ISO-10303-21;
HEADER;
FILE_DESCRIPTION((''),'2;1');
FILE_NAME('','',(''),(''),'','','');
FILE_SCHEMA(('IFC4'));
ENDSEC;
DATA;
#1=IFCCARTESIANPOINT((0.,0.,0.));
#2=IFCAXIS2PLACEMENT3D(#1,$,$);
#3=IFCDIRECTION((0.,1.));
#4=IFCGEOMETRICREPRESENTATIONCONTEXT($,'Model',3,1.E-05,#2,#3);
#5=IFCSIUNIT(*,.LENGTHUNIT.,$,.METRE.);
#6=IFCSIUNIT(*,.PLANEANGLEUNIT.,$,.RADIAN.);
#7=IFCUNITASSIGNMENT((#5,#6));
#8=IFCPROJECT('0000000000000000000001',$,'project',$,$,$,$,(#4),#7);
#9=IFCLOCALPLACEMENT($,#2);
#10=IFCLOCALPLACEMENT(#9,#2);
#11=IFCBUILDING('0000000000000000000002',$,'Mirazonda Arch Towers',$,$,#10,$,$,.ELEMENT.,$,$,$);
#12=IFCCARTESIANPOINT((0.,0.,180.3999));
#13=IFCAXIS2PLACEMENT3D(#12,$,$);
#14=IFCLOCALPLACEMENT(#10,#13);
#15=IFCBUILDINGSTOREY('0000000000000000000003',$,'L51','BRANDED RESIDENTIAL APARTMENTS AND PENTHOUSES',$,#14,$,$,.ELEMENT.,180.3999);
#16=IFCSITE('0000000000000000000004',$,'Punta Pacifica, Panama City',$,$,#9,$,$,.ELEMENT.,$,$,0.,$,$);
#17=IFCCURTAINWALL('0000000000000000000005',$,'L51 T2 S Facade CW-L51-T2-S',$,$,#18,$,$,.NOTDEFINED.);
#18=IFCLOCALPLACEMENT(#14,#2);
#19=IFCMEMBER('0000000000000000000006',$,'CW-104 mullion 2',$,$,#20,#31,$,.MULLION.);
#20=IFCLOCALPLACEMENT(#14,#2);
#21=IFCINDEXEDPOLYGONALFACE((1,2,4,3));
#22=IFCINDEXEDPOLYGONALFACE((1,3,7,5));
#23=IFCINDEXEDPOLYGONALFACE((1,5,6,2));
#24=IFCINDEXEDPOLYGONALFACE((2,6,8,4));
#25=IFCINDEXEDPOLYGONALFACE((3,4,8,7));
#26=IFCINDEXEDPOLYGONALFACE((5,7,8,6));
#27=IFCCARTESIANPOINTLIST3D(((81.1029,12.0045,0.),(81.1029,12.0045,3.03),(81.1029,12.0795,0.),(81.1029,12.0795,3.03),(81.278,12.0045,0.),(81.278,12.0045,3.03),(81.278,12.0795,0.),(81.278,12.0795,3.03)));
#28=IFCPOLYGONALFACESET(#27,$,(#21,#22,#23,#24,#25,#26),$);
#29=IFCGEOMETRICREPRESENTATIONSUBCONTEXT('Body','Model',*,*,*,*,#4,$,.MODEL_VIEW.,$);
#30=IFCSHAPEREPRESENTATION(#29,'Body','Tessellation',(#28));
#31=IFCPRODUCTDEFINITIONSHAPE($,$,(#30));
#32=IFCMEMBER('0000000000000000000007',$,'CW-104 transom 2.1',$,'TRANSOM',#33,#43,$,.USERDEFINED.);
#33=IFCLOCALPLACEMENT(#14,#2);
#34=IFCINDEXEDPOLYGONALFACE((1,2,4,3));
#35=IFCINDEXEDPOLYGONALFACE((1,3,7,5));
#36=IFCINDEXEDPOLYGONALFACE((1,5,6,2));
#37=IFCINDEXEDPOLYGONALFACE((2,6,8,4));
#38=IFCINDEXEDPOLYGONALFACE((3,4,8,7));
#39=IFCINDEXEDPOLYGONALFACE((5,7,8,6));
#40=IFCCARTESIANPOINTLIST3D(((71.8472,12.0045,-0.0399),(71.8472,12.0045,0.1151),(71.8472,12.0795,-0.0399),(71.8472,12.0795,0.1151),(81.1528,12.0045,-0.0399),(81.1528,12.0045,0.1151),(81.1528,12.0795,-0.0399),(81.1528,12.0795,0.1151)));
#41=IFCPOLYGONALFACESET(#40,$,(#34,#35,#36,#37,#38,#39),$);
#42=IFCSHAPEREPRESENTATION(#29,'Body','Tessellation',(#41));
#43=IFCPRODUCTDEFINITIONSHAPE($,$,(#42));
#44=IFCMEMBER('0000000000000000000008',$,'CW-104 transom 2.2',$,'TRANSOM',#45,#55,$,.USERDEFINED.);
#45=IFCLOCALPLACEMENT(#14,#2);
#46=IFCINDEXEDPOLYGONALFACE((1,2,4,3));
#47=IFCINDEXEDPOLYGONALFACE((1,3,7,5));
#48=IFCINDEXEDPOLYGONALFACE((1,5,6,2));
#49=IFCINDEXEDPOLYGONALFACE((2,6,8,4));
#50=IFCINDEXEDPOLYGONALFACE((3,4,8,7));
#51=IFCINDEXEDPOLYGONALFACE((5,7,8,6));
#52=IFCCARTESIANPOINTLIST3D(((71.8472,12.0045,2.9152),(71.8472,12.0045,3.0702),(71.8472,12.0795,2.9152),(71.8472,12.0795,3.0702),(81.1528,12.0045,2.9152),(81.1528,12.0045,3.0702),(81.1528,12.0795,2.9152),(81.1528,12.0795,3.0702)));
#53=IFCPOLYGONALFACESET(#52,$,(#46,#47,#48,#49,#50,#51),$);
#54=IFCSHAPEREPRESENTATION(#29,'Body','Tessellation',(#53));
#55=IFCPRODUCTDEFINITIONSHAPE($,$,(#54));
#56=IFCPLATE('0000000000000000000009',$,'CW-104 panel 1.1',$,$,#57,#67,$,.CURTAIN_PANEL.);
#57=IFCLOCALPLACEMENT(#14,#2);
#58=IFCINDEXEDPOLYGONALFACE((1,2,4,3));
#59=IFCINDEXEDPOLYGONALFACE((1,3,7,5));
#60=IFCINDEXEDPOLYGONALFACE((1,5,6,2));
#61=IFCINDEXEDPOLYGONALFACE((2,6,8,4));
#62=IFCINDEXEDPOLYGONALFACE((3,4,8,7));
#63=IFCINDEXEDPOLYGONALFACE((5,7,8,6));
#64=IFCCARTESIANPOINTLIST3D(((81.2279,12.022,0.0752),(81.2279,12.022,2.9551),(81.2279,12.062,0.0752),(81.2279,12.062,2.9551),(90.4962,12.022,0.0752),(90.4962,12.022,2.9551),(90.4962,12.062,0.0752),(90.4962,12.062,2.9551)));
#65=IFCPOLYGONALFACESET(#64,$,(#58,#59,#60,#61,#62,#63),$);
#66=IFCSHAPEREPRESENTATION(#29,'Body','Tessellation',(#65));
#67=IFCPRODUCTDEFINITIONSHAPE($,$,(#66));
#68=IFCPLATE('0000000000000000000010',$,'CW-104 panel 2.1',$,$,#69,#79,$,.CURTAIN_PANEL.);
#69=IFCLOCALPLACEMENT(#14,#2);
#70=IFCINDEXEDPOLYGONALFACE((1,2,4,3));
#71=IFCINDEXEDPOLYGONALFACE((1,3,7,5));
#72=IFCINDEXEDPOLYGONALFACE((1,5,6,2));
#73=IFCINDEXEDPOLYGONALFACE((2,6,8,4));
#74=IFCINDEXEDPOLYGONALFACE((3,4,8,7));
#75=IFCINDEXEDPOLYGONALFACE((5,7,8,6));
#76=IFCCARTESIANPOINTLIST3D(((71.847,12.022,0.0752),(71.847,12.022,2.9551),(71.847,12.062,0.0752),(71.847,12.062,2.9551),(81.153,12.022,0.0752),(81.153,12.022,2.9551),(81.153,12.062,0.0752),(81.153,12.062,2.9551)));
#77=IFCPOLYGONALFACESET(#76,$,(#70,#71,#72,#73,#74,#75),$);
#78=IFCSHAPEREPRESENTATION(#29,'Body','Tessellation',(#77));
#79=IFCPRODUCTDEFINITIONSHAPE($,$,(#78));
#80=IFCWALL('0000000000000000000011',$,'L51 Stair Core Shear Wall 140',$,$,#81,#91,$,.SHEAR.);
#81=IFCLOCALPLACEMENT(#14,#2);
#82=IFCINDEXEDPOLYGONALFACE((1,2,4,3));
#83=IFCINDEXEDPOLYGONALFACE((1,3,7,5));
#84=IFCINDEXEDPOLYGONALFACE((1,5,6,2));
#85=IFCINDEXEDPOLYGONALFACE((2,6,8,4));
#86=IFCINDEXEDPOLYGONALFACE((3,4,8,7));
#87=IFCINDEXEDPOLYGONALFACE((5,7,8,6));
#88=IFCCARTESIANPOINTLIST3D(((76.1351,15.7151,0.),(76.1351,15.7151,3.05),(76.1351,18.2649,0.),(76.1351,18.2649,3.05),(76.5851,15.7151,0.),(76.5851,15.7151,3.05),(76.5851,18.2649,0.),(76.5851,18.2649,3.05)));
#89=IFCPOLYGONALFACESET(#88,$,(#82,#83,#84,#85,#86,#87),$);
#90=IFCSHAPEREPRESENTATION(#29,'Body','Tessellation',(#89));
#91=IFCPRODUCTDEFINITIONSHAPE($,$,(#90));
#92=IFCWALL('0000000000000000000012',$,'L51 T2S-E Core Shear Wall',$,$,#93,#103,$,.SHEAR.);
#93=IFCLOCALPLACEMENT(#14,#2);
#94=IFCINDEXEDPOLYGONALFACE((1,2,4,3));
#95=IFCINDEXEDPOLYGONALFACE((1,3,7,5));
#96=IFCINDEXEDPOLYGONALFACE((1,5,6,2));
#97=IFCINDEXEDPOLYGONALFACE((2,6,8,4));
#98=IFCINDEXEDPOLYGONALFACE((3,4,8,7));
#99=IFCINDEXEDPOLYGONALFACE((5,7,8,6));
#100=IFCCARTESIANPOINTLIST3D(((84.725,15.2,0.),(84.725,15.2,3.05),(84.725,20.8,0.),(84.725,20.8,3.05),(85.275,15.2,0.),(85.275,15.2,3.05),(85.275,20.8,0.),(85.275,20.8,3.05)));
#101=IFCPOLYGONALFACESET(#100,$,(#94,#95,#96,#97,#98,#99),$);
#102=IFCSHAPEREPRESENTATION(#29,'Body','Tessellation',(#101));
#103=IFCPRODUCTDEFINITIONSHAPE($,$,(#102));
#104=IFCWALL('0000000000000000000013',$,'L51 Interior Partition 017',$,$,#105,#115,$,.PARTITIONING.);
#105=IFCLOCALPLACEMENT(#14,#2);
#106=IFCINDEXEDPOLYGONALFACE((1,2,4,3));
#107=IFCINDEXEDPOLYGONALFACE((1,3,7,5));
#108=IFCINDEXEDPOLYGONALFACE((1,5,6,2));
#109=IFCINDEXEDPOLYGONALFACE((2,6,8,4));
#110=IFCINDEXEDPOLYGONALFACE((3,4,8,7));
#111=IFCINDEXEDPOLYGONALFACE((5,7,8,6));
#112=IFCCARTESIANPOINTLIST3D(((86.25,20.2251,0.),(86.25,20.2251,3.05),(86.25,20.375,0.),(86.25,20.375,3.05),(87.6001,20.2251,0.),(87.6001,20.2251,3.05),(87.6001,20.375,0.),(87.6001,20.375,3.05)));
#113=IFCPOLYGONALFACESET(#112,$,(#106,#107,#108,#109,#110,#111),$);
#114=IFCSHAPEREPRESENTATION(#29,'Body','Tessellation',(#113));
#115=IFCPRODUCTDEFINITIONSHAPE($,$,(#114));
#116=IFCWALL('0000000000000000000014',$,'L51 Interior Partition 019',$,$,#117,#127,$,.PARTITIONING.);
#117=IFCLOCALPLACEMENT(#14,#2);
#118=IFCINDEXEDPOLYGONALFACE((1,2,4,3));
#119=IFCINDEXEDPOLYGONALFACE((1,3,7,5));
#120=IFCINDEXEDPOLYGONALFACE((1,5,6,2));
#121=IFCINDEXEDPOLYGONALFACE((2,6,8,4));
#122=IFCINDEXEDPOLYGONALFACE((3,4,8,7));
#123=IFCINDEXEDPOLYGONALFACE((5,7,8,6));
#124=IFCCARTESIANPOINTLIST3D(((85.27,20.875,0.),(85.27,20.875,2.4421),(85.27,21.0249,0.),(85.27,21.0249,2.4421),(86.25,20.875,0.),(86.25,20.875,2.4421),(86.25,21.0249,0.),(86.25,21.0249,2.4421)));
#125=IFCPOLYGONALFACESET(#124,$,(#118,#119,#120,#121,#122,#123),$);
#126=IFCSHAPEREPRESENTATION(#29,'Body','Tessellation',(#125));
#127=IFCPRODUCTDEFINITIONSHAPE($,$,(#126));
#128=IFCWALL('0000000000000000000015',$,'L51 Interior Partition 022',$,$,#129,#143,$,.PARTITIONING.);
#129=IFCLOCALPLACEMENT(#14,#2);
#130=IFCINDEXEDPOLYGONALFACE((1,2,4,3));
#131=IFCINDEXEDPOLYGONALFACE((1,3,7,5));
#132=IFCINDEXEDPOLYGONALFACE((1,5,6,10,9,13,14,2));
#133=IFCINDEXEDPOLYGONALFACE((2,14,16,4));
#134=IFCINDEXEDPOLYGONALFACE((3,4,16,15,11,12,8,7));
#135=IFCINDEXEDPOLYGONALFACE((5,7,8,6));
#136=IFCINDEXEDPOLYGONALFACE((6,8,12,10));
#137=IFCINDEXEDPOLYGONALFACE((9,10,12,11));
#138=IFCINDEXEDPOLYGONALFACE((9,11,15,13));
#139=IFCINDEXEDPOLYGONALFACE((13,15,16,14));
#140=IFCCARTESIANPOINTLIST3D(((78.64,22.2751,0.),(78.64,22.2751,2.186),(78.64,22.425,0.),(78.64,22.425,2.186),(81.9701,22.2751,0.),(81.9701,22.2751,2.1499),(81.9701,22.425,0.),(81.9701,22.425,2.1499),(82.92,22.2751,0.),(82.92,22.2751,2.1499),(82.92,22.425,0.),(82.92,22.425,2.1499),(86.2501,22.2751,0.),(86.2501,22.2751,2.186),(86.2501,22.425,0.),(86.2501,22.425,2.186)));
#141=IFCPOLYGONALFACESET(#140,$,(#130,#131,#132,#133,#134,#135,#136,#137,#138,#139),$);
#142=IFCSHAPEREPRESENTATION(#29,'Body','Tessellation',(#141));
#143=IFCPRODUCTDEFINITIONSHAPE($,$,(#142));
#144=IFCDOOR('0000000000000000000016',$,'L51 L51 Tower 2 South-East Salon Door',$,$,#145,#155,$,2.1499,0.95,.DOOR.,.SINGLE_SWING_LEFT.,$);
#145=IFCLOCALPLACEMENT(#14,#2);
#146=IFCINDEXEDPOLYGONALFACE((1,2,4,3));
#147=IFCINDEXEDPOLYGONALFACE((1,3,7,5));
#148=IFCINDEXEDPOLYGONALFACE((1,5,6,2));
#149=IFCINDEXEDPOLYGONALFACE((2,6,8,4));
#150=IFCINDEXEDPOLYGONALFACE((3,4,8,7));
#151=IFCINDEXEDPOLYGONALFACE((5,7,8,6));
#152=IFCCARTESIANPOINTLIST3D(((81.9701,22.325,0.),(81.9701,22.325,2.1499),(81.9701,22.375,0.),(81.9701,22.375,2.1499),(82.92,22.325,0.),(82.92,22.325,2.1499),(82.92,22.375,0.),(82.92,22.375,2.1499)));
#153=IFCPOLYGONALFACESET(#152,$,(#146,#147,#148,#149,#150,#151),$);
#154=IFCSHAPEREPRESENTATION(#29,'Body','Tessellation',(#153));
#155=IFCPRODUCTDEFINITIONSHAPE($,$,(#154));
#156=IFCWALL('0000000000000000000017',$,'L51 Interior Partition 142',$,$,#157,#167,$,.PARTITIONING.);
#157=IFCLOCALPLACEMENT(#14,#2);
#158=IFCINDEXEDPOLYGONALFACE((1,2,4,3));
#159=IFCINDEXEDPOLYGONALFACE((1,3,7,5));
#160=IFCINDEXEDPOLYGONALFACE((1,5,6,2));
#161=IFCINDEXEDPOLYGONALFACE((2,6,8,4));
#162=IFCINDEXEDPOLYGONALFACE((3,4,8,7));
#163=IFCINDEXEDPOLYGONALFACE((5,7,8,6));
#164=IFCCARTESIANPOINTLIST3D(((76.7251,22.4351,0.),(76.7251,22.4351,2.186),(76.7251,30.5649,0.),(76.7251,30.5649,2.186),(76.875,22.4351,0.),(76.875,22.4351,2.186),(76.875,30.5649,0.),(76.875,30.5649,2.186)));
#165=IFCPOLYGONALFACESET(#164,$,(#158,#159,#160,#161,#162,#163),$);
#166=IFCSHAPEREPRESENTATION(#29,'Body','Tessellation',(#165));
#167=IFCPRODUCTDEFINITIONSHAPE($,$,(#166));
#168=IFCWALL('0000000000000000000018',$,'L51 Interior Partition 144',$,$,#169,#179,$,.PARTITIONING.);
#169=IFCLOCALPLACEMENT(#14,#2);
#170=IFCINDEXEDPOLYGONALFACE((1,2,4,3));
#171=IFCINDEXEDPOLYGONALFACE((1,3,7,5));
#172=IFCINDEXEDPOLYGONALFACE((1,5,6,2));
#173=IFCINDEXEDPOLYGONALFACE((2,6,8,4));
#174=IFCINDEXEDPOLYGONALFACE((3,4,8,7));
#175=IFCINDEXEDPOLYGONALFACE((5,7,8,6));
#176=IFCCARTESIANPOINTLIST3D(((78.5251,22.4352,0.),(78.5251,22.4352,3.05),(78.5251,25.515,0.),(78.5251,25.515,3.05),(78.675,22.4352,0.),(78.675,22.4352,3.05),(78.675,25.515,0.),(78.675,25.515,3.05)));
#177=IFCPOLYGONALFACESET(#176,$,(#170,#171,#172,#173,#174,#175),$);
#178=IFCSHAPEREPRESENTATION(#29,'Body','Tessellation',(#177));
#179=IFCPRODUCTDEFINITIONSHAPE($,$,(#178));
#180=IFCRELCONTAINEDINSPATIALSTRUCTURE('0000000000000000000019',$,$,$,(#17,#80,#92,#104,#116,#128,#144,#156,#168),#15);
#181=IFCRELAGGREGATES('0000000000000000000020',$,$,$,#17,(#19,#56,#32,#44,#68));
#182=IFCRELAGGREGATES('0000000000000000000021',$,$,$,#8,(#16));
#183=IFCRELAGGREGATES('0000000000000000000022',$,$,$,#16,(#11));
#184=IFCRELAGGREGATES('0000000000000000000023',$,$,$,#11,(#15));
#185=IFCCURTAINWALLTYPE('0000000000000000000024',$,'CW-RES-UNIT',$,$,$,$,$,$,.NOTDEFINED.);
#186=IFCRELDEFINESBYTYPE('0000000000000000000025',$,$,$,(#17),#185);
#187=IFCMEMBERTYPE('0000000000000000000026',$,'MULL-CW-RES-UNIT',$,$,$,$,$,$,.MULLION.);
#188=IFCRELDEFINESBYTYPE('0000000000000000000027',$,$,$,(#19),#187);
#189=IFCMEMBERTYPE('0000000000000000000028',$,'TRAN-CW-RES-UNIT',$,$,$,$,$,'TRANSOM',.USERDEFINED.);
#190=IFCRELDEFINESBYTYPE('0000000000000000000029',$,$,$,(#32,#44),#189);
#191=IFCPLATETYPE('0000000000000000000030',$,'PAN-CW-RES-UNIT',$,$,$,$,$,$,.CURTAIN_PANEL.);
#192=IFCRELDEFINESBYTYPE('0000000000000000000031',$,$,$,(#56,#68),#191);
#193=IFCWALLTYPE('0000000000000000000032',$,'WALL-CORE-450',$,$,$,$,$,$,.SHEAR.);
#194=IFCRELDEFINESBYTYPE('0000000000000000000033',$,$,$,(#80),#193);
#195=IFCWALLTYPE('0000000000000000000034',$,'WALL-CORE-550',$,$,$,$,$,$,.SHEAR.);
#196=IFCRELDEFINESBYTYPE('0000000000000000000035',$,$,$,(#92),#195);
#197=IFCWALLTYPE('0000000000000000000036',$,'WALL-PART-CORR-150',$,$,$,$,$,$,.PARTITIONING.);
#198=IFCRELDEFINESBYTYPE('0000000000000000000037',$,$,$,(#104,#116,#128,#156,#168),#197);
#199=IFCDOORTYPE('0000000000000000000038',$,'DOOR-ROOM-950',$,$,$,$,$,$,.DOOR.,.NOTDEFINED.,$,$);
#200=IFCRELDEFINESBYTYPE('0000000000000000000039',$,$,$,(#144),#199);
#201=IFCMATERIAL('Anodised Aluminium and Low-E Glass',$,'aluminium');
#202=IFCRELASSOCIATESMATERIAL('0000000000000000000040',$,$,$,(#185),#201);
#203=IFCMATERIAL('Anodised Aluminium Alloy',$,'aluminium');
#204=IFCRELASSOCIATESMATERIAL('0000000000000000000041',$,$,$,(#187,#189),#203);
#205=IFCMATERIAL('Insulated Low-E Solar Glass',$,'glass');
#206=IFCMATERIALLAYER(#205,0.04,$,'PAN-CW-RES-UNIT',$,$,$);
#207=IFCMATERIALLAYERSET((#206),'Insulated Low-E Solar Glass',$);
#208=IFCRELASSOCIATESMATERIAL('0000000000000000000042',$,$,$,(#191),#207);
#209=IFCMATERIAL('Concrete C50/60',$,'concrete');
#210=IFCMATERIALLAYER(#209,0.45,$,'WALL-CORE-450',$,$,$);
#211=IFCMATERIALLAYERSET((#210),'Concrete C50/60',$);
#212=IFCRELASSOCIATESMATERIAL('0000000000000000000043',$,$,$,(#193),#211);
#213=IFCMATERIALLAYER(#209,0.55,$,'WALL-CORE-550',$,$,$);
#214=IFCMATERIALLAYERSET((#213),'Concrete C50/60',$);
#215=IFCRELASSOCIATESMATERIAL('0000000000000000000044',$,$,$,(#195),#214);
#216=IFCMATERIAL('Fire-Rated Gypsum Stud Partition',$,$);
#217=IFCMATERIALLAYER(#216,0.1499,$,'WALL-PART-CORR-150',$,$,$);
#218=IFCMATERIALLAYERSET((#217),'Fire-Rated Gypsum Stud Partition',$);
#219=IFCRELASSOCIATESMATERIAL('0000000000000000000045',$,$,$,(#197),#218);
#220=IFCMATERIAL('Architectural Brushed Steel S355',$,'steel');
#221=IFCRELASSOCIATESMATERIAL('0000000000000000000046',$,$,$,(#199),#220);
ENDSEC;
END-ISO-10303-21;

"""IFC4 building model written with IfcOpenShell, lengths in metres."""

from ifc_helpers import new_model, si_unit, direction, frame, frame_2d, origin, origin_2d, place, context, subcontext, project, spatial, rectangle, extrude, material, layer, layer_set, material_profile, profile_set, type_object, element, fill, aggregate, save


model = new_model("IFC4")

# Units and contexts
model_context = context("Model", 3, precision=1e-05, world=origin(), true_north=direction((0.0, 1.0)))
body_context = subcontext(model_context, "Body", "Model", "MODEL_VIEW")
ifc_project = project(units=[si_unit("LENGTHUNIT", "METRE"), si_unit("PLANEANGLEUNIT", "RADIAN")], contexts=[model_context])

# Site, building, storey
site_placement = place(None, origin())
site = spatial("IfcSite", under=ifc_project, at=site_placement, Name="Punta Pacifica, Panama City", CompositionType="ELEMENT", RefElevation=0.0)
building_placement = place(site_placement, origin())
building = spatial("IfcBuilding", under=site, at=building_placement, Name="Mirazonda Arch Towers", CompositionType="ELEMENT")
storey_placement = place(building_placement, frame((0.0, 0.0, 180.3999)))
storey = spatial("IfcBuildingStorey", under=building, at=storey_placement, Name="L51", Description="BRANDED RESIDENTIAL APARTMENTS AND PENTHOUSES", CompositionType="ELEMENT", Elevation=180.3999)

# Shared definitions
ifc_material_1 = material(Name="Concrete C50/60", Category="concrete")

# Curtain wall, members, plates
ifc_material_2 = material(Name="Anodised Aluminium and Low-E Glass", Category="aluminium")
curtain_wall_type = type_object("IfcCurtainWallType", Name="CW-RES-UNIT", PredefinedType="NOTDEFINED", material=ifc_material_2)
curtain_wall_placement = place(storey_placement, origin())
curtain_wall = element("IfcCurtainWall", 1, at=curtain_wall_placement, inside=storey, type_object=curtain_wall_type, Name="L51 T2 S Facade CW-L51-T2-S", PredefinedType="NOTDEFINED")
ifc_material_3 = material(Name="Anodised Aluminium Alloy", Category="aluminium")
ifc_material_profile_1 = material_profile(ifc_material_3, rectangle(XDim=0.075, YDim=0.175, at=origin_2d()), Name="ALU-MULL-75x175")
ifc_profile_set_1 = profile_set([ifc_material_profile_1], Name="Anodised Aluminium Alloy")
member_type_1 = type_object("IfcMemberType", Name="MULL-CW-RES-UNIT", PredefinedType="MULLION", material=ifc_profile_set_1)
member_1_placement = place(storey_placement, frame((81.1904, 12.042, 0.0), z_axis=(0.0, 0.0, 1.0), x_axis=(0.0, -1.0, 0.0)))
member_1 = element("IfcMember", 2, at=member_1_placement, type_object=member_type_1, Name="CW-104 mullion 2", PredefinedType="MULLION", context=body_context, shape_type="SweptSolid", body=[
    extrude(rectangle(XDim=0.075, YDim=0.175, at=origin_2d()), origin(), (0.0, 0.0, 1.0), 3.03),
])
ifc_material_profile_2 = material_profile(ifc_material_3, rectangle(XDim=0.075, YDim=0.155, at=origin_2d()), Name="ALU-TRAN-75x155")
ifc_profile_set_2 = profile_set([ifc_material_profile_2], Name="Anodised Aluminium Alloy")
member_type_2 = type_object("IfcMemberType", Name="TRAN-CW-RES-UNIT", ElementType="TRANSOM", PredefinedType="USERDEFINED", material=ifc_profile_set_2)
member_2_placement = place(storey_placement, frame((81.1528, 12.042, 0.0376), z_axis=(-1.0, 0.0, 0.0), x_axis=(0.0, -1.0, 0.0)))
member_2 = element("IfcMember", 3, at=member_2_placement, type_object=member_type_2, Name="CW-104 transom 2.1", ObjectType="TRANSOM", PredefinedType="USERDEFINED", context=body_context, shape_type="SweptSolid", body=[
    extrude(rectangle(XDim=0.075, YDim=0.155, at=origin_2d()), origin(), (0.0, 0.0, 1.0), 9.3057),
])
member_3_placement = place(storey_placement, frame((81.1528, 12.042, 2.9927), z_axis=(-1.0, 0.0, 0.0), x_axis=(0.0, -1.0, 0.0)))
member_3 = element("IfcMember", 4, at=member_3_placement, type_object=member_type_2, Name="CW-104 transom 2.2", ObjectType="TRANSOM", PredefinedType="USERDEFINED", context=body_context, shape_type="SweptSolid", body=[
    extrude(rectangle(XDim=0.075, YDim=0.155, at=origin_2d()), origin(), (0.0, 0.0, 1.0), 9.3057),
])
ifc_material_4 = material(Name="Insulated Low-E Solar Glass", Category="glass")
ifc_layer_1 = layer(ifc_material_4, 0.04, Name="PAN-CW-RES-UNIT")
ifc_layer_set_1 = layer_set([ifc_layer_1], Name="Insulated Low-E Solar Glass")
plate_type = type_object("IfcPlateType", Name="PAN-CW-RES-UNIT", PredefinedType="CURTAIN_PANEL", material=ifc_layer_set_1)
plate_1_placement = place(storey_placement, frame((85.8621, 12.042, 0.0752), z_axis=(0.0, 0.0, 1.0), x_axis=(-1.0, 0.0, 0.0)))
plate_1 = element("IfcPlate", 5, at=plate_1_placement, type_object=plate_type, Name="CW-104 panel 1.1", PredefinedType="CURTAIN_PANEL", context=body_context, shape_type="SweptSolid", body=[
    extrude(rectangle(XDim=9.2683, YDim=0.04, at=origin_2d()), origin(), (0.0, 0.0, 1.0), 2.8799),
])
plate_2_placement = place(storey_placement, frame((76.5, 12.042, 0.0752), z_axis=(0.0, 0.0, 1.0), x_axis=(-1.0, 0.0, 0.0)))
plate_2 = element("IfcPlate", 6, at=plate_2_placement, type_object=plate_type, Name="CW-104 panel 2.1", PredefinedType="CURTAIN_PANEL", context=body_context, shape_type="SweptSolid", body=[
    extrude(rectangle(XDim=9.3059, YDim=0.04, at=origin_2d()), origin(), (0.0, 0.0, 1.0), 2.8799),
])
aggregate(curtain_wall, [member_1, plate_1, member_2, member_3, plate_2])

# Walls
ifc_layer_2 = layer(ifc_material_1, 0.45, Name="WALL-CORE-450")
ifc_layer_set_2 = layer_set([ifc_layer_2], Name="Concrete C50/60")
wall_type_1 = type_object("IfcWallType", Name="WALL-CORE-450", PredefinedType="SHEAR", material=ifc_layer_set_2)
wall_1_placement = place(storey_placement, frame((76.3601, 15.7151, 0.0), z_axis=(0.0, 0.0, 1.0), x_axis=(0.0, 1.0, 0.0)))
element("IfcWall", 7, at=wall_1_placement, inside=storey, type_object=wall_type_1, Name="L51 Stair Core Shear Wall 140", PredefinedType="SHEAR", context=body_context, shape_type="SweptSolid", body=[
    extrude(rectangle(XDim=2.5498, YDim=0.45, at=frame_2d((1.2749, 0.0))), origin(), (0.0, 0.0, 1.0), 3.05),
])
ifc_layer_3 = layer(ifc_material_1, 0.55, Name="WALL-CORE-550")
ifc_layer_set_3 = layer_set([ifc_layer_3], Name="Concrete C50/60")
wall_type_2 = type_object("IfcWallType", Name="WALL-CORE-550", PredefinedType="SHEAR", material=ifc_layer_set_3)
wall_2_placement = place(storey_placement, frame((85.0, 15.2, 0.0), z_axis=(0.0, 0.0, 1.0), x_axis=(0.0, 1.0, 0.0)))
element("IfcWall", 8, at=wall_2_placement, inside=storey, type_object=wall_type_2, Name="L51 T2S-E Core Shear Wall", PredefinedType="SHEAR", context=body_context, shape_type="SweptSolid", body=[
    extrude(rectangle(XDim=5.6001, YDim=0.55, at=frame_2d((2.8, 0.0))), origin(), (0.0, 0.0, 1.0), 3.05),
])
ifc_material_5 = material(Name="Fire-Rated Gypsum Stud Partition")
ifc_layer_4 = layer(ifc_material_5, 0.1499, Name="WALL-PART-CORR-150")
ifc_layer_set_4 = layer_set([ifc_layer_4], Name="Fire-Rated Gypsum Stud Partition")
wall_type_3 = type_object("IfcWallType", Name="WALL-PART-CORR-150", PredefinedType="PARTITIONING", material=ifc_layer_set_4)
wall_3_placement = place(storey_placement, frame((86.25, 20.3, 0.0), z_axis=(0.0, 0.0, 1.0), x_axis=(1.0, 0.0, 0.0)))
element("IfcWall", 9, at=wall_3_placement, inside=storey, type_object=wall_type_3, Name="L51 Interior Partition 017", PredefinedType="PARTITIONING", context=body_context, shape_type="SweptSolid", body=[
    extrude(rectangle(XDim=1.3501, YDim=0.1499, at=frame_2d((0.675, 0.0))), origin(), (0.0, 0.0, 1.0), 3.05),
])
wall_4_placement = place(storey_placement, frame((85.27, 20.95, 0.0), z_axis=(0.0, 0.0, 1.0), x_axis=(1.0, 0.0, 0.0)))
element("IfcWall", 10, at=wall_4_placement, inside=storey, type_object=wall_type_3, Name="L51 Interior Partition 019", PredefinedType="PARTITIONING", context=body_context, shape_type="SweptSolid", body=[
    extrude(rectangle(XDim=0.98, YDim=0.1499, at=frame_2d((0.49, 0.0))), origin(), (0.0, 0.0, 1.0), 2.4421),
])

# Wall, opening, door
wall_5_placement = place(storey_placement, frame((78.6399, 22.3501, 0.0), z_axis=(0.0, 0.0, 1.0), x_axis=(1.0, 0.0, 0.0)))
wall_5 = element("IfcWall", 11, at=wall_5_placement, inside=storey, type_object=wall_type_3, Name="L51 Interior Partition 022", PredefinedType="PARTITIONING", context=body_context, shape_type="SweptSolid", body=[
    extrude(rectangle(XDim=7.6101, YDim=0.1499, at=frame_2d((3.8052, 0.0))), origin(), (0.0, 0.0, 1.0), 2.186),
])
opening_placement = place(wall_5_placement, frame((3.3301, 0.0, 0.0)))
opening = element("IfcOpeningElement", 12, at=opening_placement, cuts=wall_5, PredefinedType="OPENING", context=body_context, shape_type="SweptSolid", body=[
    extrude(rectangle(XDim=0.95, YDim=2.1499, at=frame_2d((0.4751, 1.075))), frame((0.0, 0.085, 0.0), z_axis=(0.0, -1.0, 0.0), x_axis=(1.0, 0.0, 0.0)), (0.0, 0.0, 1.0), 0.1699),
])
ifc_material_6 = material(Name="Architectural Brushed Steel S355", Category="steel")
door_type = type_object("IfcDoorType", Name="DOOR-ROOM-950", OperationType="NOTDEFINED", PredefinedType="DOOR", material=ifc_material_6)
door_placement = place(opening_placement, origin())
door = element("IfcDoor", 13, at=door_placement, inside=storey, type_object=door_type, Name="L51 L51 Tower 2 South-East Salon Door", OperationType="SINGLE_SWING_LEFT", OverallHeight=2.1499, OverallWidth=0.95, PredefinedType="DOOR", context=body_context, shape_type="SweptSolid", body=[
    extrude(rectangle(XDim=0.95, YDim=2.1499, at=frame_2d((0.4751, 1.075))), frame((0.0, 0.0249, 0.0), z_axis=(0.0, -1.0, 0.0), x_axis=(1.0, 0.0, 0.0)), (0.0, 0.0, 1.0), 0.05),
])
fill(opening, door)

# Walls
wall_6_placement = place(storey_placement, frame((76.8, 22.4351, 0.0), z_axis=(0.0, 0.0, 1.0), x_axis=(0.0, 1.0, 0.0)))
element("IfcWall", 14, at=wall_6_placement, inside=storey, type_object=wall_type_3, Name="L51 Interior Partition 142", PredefinedType="PARTITIONING", context=body_context, shape_type="SweptSolid", body=[
    extrude(rectangle(XDim=8.1299, YDim=0.1499, at=frame_2d((4.0649, 0.0))), origin(), (0.0, 0.0, 1.0), 2.186),
])
wall_7_placement = place(storey_placement, frame((78.6001, 22.4351, 0.0), z_axis=(0.0, 0.0, 1.0), x_axis=(0.0, 1.0, 0.0)))
element("IfcWall", 15, at=wall_7_placement, inside=storey, type_object=wall_type_3, Name="L51 Interior Partition 144", PredefinedType="PARTITIONING", context=body_context, shape_type="SweptSolid", body=[
    extrude(rectangle(XDim=3.0798, YDim=0.1499, at=frame_2d((1.54, 0.0))), origin(), (0.0, 0.0, 1.0), 3.05),
])

save(model, "model.ifc")
